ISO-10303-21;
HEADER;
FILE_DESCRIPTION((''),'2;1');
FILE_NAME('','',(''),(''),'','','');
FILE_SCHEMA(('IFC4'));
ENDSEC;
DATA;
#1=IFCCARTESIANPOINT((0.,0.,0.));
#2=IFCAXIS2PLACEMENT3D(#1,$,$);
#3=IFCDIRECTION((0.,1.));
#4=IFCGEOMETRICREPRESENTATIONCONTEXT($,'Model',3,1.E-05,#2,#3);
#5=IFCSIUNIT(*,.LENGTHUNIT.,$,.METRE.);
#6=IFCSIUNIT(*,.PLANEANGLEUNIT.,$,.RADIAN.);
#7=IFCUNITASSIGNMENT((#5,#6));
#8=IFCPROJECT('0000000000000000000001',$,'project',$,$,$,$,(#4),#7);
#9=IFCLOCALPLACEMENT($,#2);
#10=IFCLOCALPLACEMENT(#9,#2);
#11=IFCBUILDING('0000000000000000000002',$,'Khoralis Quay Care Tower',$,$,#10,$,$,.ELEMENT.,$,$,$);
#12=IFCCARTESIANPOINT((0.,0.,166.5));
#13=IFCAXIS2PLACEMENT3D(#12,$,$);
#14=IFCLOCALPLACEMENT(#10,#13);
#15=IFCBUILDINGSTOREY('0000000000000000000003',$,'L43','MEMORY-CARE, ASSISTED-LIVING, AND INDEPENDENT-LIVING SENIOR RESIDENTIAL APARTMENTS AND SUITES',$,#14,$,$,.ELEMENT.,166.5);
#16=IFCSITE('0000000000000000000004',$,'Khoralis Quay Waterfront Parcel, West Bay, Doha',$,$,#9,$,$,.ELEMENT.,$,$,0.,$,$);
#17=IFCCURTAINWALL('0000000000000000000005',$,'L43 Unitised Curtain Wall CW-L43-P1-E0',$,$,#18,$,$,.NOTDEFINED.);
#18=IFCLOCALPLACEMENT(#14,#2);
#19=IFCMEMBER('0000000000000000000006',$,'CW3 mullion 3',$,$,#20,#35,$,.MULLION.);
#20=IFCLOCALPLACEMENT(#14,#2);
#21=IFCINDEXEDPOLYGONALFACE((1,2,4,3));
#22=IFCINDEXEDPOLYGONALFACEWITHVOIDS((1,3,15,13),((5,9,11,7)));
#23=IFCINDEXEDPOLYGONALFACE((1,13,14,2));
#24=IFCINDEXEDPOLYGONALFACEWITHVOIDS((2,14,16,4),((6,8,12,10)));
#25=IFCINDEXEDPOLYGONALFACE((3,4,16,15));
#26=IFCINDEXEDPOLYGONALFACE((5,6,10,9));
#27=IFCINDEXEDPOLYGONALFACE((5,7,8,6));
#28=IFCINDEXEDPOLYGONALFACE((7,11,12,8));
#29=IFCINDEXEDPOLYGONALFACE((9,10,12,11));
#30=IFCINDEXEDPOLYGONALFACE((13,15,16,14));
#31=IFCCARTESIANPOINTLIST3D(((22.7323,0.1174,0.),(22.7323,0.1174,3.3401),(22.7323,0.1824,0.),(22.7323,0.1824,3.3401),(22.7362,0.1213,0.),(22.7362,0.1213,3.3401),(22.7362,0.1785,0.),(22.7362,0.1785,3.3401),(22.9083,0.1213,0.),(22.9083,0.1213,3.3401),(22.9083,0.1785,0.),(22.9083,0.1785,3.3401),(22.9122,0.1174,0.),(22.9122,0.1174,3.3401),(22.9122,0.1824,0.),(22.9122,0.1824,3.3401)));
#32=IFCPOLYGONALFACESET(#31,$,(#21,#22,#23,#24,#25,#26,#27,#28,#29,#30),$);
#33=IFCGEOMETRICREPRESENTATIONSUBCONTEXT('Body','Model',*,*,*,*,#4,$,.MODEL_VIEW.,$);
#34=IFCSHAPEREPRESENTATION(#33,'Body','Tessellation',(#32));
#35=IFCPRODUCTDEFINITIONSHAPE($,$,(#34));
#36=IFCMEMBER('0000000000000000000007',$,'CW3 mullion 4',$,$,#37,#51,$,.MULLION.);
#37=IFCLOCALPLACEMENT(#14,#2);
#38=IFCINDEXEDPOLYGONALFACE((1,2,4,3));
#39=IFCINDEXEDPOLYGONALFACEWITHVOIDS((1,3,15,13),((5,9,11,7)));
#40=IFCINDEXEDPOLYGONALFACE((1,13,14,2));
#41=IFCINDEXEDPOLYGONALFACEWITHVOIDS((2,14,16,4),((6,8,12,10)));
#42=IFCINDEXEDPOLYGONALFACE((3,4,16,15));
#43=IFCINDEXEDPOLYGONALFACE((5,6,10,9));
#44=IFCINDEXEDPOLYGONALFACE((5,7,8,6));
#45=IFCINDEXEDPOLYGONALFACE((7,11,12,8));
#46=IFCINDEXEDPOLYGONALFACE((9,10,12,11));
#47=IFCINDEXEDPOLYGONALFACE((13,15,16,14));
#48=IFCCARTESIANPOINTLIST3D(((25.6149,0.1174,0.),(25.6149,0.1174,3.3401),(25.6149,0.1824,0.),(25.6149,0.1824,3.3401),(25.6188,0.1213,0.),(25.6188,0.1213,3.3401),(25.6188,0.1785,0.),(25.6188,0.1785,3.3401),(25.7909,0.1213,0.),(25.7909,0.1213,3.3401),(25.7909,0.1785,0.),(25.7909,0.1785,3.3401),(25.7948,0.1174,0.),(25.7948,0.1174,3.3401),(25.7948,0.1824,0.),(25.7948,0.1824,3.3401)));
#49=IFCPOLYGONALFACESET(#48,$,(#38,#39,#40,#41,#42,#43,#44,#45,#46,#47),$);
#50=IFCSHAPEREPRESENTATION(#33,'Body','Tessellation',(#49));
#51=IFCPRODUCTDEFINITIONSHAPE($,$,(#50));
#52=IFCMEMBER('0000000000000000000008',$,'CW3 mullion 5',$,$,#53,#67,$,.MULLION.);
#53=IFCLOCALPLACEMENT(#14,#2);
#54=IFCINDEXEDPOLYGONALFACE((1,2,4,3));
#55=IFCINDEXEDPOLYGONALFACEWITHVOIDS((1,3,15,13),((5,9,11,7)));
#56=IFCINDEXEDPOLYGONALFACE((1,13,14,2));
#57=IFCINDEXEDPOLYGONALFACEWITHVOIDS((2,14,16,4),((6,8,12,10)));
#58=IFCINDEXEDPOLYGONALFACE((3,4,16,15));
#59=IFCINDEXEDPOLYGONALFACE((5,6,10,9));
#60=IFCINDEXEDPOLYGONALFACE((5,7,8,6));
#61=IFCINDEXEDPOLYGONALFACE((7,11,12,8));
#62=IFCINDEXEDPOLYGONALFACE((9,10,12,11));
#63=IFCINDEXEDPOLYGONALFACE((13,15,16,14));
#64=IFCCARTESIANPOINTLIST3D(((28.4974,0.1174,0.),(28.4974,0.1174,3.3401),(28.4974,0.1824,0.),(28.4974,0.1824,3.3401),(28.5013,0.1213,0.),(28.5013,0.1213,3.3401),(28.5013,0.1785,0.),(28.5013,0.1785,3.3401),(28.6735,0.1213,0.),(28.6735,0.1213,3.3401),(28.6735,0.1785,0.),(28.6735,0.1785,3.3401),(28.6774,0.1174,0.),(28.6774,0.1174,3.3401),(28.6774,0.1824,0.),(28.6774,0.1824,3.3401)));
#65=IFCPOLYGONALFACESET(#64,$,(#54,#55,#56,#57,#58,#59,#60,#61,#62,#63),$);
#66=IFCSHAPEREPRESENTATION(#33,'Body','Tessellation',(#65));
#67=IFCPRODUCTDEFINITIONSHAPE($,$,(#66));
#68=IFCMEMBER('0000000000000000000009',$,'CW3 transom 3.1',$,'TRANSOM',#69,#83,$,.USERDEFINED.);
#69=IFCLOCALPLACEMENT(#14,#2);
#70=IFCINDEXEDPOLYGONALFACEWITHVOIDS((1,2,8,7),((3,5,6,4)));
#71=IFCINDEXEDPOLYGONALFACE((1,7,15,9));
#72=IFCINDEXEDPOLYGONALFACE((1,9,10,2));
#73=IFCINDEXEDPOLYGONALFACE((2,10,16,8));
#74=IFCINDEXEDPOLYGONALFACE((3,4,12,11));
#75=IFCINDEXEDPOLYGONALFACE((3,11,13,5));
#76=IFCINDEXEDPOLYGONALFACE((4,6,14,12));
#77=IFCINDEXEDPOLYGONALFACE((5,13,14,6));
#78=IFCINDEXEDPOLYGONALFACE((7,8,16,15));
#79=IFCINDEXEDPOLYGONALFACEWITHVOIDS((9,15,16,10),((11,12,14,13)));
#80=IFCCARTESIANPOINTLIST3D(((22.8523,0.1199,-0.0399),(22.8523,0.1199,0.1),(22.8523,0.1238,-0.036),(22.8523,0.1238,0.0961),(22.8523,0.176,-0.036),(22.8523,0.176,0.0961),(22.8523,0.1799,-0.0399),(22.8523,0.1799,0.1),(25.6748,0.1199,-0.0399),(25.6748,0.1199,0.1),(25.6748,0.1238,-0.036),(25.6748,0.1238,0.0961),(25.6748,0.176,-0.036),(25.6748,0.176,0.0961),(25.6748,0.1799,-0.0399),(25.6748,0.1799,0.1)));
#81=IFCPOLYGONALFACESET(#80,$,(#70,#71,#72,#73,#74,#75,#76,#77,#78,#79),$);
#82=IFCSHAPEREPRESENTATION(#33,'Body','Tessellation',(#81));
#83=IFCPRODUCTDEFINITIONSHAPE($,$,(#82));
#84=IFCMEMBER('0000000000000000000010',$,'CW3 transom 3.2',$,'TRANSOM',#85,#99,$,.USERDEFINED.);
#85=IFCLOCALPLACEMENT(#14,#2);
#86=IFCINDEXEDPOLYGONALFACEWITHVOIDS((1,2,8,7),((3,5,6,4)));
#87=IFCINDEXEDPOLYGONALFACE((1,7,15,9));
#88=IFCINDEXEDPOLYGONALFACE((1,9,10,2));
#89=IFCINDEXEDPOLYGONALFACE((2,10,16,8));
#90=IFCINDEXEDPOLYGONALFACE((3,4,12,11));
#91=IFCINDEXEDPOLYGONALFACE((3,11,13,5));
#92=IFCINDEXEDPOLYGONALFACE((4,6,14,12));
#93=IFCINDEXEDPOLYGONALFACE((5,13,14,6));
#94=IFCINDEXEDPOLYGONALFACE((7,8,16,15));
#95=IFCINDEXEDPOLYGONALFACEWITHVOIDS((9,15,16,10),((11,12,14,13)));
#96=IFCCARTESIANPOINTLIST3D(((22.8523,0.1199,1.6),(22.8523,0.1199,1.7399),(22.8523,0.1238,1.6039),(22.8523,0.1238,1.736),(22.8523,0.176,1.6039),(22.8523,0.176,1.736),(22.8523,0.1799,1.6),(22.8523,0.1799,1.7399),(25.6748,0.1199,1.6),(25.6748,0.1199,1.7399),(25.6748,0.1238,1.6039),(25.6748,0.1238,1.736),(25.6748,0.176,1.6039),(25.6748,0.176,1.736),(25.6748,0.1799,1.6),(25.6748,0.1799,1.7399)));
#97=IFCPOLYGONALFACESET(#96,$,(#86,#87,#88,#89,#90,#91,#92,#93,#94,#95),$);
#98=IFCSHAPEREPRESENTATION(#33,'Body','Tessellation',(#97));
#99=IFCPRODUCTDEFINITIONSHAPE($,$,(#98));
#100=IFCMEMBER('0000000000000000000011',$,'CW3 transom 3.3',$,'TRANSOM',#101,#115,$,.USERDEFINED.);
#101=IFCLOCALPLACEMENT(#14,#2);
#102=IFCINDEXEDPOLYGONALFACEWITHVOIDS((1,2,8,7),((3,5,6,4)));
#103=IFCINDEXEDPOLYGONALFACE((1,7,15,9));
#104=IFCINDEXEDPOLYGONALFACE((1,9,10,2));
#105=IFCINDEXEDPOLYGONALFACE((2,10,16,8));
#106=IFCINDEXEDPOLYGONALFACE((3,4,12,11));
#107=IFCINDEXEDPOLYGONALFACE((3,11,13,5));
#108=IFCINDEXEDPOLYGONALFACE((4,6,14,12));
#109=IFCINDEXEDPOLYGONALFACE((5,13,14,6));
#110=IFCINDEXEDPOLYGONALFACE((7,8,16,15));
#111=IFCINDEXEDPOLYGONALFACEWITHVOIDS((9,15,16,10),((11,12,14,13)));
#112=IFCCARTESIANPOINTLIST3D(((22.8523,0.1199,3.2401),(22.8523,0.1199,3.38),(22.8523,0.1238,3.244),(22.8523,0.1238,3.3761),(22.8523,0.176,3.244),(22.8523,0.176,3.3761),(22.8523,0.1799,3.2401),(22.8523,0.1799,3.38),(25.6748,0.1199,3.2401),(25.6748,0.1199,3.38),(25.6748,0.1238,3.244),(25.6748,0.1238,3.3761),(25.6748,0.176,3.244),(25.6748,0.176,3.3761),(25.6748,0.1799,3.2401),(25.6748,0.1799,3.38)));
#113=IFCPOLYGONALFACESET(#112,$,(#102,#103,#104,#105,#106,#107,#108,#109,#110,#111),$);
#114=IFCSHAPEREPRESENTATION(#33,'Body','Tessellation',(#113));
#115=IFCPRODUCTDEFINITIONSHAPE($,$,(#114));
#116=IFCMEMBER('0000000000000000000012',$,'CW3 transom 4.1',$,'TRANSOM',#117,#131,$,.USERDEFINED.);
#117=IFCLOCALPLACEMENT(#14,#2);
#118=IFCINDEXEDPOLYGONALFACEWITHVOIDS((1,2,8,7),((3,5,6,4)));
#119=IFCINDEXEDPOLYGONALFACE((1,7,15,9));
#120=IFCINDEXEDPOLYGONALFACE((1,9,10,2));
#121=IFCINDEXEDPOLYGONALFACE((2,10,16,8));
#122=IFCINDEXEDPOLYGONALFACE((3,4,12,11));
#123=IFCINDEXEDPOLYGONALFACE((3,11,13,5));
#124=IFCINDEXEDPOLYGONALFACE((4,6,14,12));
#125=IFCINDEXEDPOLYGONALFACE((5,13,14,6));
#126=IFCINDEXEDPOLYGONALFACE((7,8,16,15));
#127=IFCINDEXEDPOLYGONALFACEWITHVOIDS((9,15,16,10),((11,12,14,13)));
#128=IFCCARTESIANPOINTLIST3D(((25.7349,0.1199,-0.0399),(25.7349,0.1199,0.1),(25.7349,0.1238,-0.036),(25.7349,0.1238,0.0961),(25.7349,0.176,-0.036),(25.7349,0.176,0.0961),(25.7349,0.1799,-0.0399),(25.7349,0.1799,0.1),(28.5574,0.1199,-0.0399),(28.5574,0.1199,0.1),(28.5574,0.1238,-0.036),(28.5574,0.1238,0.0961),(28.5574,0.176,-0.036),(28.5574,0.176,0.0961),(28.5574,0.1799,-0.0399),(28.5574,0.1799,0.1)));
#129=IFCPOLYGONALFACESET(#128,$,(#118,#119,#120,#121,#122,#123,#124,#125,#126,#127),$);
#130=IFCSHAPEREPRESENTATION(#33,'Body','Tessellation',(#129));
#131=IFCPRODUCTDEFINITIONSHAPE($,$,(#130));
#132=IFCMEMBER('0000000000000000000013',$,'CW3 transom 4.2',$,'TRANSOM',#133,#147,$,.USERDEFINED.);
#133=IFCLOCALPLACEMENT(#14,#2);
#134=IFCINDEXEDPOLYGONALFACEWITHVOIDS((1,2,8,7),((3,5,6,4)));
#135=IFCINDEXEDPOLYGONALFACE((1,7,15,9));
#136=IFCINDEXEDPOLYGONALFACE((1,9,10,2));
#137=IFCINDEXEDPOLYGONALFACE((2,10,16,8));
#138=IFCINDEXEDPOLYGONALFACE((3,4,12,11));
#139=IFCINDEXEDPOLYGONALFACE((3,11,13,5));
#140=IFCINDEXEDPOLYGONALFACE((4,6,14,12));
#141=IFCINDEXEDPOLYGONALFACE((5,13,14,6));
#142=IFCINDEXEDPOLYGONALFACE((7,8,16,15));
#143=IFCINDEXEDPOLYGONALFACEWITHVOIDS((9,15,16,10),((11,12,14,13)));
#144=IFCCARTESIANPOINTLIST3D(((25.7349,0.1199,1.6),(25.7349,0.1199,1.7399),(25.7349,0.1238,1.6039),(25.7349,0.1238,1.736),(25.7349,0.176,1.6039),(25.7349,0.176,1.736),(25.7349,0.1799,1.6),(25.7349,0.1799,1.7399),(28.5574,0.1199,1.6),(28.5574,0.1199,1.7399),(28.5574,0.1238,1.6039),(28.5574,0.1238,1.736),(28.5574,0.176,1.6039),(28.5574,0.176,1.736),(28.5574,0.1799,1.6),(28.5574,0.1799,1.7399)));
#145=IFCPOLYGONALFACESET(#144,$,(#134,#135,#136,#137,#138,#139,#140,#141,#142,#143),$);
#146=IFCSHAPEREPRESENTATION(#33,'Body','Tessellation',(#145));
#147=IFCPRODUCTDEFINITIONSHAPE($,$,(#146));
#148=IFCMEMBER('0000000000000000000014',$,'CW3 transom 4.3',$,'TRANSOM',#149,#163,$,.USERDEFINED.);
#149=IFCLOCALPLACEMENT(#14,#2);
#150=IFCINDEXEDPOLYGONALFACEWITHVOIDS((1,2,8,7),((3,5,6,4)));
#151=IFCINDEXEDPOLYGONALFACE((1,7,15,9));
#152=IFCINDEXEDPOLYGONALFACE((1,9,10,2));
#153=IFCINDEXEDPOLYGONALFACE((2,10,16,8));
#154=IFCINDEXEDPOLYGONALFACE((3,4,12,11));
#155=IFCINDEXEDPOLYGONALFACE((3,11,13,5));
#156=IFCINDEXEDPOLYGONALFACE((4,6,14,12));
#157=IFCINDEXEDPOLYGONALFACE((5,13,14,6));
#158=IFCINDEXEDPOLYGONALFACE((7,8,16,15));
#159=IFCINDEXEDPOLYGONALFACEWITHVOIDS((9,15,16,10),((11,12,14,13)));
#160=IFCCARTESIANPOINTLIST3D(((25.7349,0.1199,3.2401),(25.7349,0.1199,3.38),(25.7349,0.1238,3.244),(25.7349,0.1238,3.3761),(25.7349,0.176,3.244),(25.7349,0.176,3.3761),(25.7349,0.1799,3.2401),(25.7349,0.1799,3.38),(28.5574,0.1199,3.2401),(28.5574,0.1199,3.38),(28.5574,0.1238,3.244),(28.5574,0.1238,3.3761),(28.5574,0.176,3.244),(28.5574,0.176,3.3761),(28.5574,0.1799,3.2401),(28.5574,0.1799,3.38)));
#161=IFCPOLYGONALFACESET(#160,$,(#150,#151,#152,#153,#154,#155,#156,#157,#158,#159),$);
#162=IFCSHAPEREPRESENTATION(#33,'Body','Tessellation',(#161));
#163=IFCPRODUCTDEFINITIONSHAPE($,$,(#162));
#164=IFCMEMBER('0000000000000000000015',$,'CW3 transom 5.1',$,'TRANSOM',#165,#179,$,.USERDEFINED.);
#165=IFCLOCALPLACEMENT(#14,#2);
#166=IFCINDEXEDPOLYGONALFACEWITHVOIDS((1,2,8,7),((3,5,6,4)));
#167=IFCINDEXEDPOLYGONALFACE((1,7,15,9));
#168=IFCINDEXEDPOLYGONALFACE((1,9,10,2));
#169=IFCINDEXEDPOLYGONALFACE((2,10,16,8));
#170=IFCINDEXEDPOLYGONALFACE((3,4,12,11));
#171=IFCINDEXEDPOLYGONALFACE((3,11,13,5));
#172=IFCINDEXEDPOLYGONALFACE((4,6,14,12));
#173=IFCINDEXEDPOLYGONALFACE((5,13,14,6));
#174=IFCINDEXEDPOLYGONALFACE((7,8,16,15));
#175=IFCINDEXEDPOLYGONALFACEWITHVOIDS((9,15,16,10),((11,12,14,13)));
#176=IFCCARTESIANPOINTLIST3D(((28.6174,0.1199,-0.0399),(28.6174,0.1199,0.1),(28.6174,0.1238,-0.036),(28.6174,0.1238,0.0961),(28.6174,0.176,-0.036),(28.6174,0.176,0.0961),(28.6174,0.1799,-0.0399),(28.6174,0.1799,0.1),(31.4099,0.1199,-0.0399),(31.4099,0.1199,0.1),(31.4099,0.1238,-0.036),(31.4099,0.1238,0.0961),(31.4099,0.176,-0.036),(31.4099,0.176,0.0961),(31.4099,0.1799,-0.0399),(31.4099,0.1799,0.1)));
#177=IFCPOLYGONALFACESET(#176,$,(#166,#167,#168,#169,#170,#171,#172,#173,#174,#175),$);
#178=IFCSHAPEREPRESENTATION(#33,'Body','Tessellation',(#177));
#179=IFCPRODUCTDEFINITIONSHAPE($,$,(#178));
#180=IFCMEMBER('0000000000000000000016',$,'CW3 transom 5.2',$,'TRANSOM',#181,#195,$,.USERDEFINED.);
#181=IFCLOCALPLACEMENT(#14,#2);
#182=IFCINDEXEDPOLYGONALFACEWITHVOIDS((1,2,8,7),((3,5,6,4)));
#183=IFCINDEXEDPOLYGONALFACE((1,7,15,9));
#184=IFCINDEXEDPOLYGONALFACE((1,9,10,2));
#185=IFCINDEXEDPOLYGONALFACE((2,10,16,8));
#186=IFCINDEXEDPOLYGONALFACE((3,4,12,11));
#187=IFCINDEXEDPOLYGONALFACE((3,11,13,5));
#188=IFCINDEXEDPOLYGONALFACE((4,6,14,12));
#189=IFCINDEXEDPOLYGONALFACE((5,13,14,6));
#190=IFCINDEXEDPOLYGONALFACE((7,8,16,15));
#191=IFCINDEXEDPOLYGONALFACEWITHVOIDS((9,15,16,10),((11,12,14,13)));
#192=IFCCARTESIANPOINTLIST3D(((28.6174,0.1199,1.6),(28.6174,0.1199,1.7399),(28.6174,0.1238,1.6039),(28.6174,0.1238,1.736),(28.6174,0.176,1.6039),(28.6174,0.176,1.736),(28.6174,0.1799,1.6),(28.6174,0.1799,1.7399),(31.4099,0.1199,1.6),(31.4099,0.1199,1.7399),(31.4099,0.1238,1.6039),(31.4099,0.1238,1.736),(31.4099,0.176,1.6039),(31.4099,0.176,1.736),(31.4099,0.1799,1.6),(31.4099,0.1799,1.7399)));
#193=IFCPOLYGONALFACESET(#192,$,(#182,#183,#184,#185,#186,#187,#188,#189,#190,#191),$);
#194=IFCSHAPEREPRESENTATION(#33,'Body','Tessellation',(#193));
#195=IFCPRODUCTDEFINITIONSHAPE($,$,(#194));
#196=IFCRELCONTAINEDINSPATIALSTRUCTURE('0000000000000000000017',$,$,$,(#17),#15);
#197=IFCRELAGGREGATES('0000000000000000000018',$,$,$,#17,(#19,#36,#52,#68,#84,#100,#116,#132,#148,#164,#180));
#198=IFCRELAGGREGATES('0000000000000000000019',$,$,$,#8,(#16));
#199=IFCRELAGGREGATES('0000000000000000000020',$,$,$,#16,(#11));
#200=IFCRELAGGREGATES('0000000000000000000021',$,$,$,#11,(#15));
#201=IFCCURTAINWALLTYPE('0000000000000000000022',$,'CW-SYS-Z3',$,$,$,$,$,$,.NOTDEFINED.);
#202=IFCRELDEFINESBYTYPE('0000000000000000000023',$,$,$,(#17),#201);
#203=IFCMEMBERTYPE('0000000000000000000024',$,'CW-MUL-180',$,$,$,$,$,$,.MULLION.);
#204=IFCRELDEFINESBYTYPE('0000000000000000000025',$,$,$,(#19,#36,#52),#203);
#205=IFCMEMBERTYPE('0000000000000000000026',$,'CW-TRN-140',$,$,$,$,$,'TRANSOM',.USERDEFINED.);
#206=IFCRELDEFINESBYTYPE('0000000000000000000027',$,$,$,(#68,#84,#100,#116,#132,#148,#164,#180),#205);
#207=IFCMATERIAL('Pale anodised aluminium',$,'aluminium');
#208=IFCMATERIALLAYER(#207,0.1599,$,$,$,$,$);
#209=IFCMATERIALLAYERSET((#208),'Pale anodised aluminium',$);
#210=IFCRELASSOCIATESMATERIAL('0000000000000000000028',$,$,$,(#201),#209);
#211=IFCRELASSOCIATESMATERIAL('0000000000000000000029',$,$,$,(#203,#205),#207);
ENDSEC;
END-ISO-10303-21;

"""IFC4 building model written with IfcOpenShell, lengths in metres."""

from ifc_helpers import new_model, si_unit, direction, frame, origin, origin_2d, place, context, subcontext, project, spatial, hollow_rectangle, extrude, source, transform, mapped, material, layer, layer_set, material_profile, profile_set, type_object, element, aggregate, save


model = new_model("IFC4")

# Units and contexts
model_context = context("Model", 3, precision=1e-05, world=origin(), true_north=direction((0.0, 1.0)))
body_context = subcontext(model_context, "Body", "Model", "MODEL_VIEW")
ifc_project = project(units=[si_unit("LENGTHUNIT", "METRE"), si_unit("PLANEANGLEUNIT", "RADIAN")], contexts=[model_context])

# Site, building, storey
site_placement = place(None, origin())
site = spatial("IfcSite", under=ifc_project, at=site_placement, Name="Khoralis Quay Waterfront Parcel, West Bay, Doha", CompositionType="ELEMENT", RefElevation=0.0)
building_placement = place(site_placement, origin())
building = spatial("IfcBuilding", under=site, at=building_placement, Name="Khoralis Quay Care Tower", CompositionType="ELEMENT")
storey_placement = place(building_placement, frame((0.0, 0.0, 166.5)))
storey = spatial("IfcBuildingStorey", under=building, at=storey_placement, Name="L43", Description="MEMORY-CARE, ASSISTED-LIVING, AND INDEPENDENT-LIVING SENIOR RESIDENTIAL APARTMENTS AND SUITES", CompositionType="ELEMENT", Elevation=166.5)

# Curtain wall, members
ifc_material_1 = material(Name="Pale anodised aluminium", Category="aluminium")
ifc_layer_1 = layer(ifc_material_1, 0.1599)
ifc_layer_set_1 = layer_set([ifc_layer_1], Name="Pale anodised aluminium")
curtain_wall_type = type_object("IfcCurtainWallType", Name="CW-SYS-Z3", PredefinedType="NOTDEFINED", material=ifc_layer_set_1)
curtain_wall_placement = place(storey_placement, origin())
curtain_wall = element("IfcCurtainWall", 1, at=curtain_wall_placement, inside=storey, type_object=curtain_wall_type, Name="L43 Unitised Curtain Wall CW-L43-P1-E0", PredefinedType="NOTDEFINED")
ifc_material_profile_1 = material_profile(ifc_material_1, hollow_rectangle(XDim=0.0649, YDim=0.1799, WallThickness=0.0039, at=origin_2d()), Name="Pale anodised aluminium")
ifc_profile_set_1 = profile_set([ifc_material_profile_1], Name="Pale anodised aluminium")
member_type_1 = type_object("IfcMemberType", Name="CW-MUL-180", PredefinedType="MULLION", material=ifc_profile_set_1)
shared_shape_1 = source(origin(), body_context, "Body", "SweptSolid", [
    extrude(hollow_rectangle(XDim=0.0649, YDim=0.1799, WallThickness=0.0039, at=origin_2d()), origin(), (0.0, 0.0, 1.0), 3.3401),
])
member_1_placement = place(storey_placement, frame((22.8223, 0.1499, 0.0), z_axis=(0.0, 0.0, 1.0), x_axis=(0.0, 1.0, 0.0)))
member_1 = element("IfcMember", 2, at=member_1_placement, type_object=member_type_1, Name="CW3 mullion 3", PredefinedType="MULLION", context=body_context, shape_type="MappedRepresentation", body=[
    mapped(shared_shape_1, transform((0.0, 0.0, 0.0), scale=1.0)),
])
member_2_placement = place(storey_placement, frame((25.7048, 0.1499, 0.0), z_axis=(0.0, 0.0, 1.0), x_axis=(0.0, 1.0, 0.0)))
member_2 = element("IfcMember", 3, at=member_2_placement, type_object=member_type_1, Name="CW3 mullion 4", PredefinedType="MULLION", context=body_context, shape_type="MappedRepresentation", body=[
    mapped(shared_shape_1, transform((0.0, 0.0, 0.0), scale=1.0)),
])
member_3_placement = place(storey_placement, frame((28.5874, 0.1499, 0.0), z_axis=(0.0, 0.0, 1.0), x_axis=(0.0, 1.0, 0.0)))
member_3 = element("IfcMember", 4, at=member_3_placement, type_object=member_type_1, Name="CW3 mullion 5", PredefinedType="MULLION", context=body_context, shape_type="MappedRepresentation", body=[
    mapped(shared_shape_1, transform((0.0, 0.0, 0.0), scale=1.0)),
])
ifc_material_profile_2 = material_profile(ifc_material_1, hollow_rectangle(XDim=0.0601, YDim=0.1399, WallThickness=0.0039, at=origin_2d()), Name="Pale anodised aluminium")
ifc_profile_set_2 = profile_set([ifc_material_profile_2], Name="Pale anodised aluminium")
member_type_2 = type_object("IfcMemberType", Name="CW-TRN-140", ElementType="TRANSOM", PredefinedType="USERDEFINED", material=ifc_profile_set_2)
shared_shape_2 = source(origin(), body_context, "Body", "SweptSolid", [
    extrude(hollow_rectangle(XDim=0.0601, YDim=0.1399, WallThickness=0.0039, at=origin_2d()), origin(), (0.0, 0.0, 1.0), 2.8225),
])
member_4_placement = place(storey_placement, frame((22.8523, 0.1499, 0.03), z_axis=(1.0, 0.0, 0.0), x_axis=(0.0, 1.0, 0.0)))
member_4 = element("IfcMember", 5, at=member_4_placement, type_object=member_type_2, Name="CW3 transom 3.1", ObjectType="TRANSOM", PredefinedType="USERDEFINED", context=body_context, shape_type="MappedRepresentation", body=[
    mapped(shared_shape_2, transform((0.0, 0.0, 0.0), scale=1.0)),
])
member_5_placement = place(storey_placement, frame((22.8523, 0.1499, 1.6699), z_axis=(1.0, 0.0, 0.0), x_axis=(0.0, 1.0, 0.0)))
member_5 = element("IfcMember", 6, at=member_5_placement, type_object=member_type_2, Name="CW3 transom 3.2", ObjectType="TRANSOM", PredefinedType="USERDEFINED", context=body_context, shape_type="MappedRepresentation", body=[
    mapped(shared_shape_2, transform((0.0, 0.0, 0.0), scale=1.0)),
])
member_6_placement = place(storey_placement, frame((22.8523, 0.1499, 3.3101), z_axis=(1.0, 0.0, 0.0), x_axis=(0.0, 1.0, 0.0)))
member_6 = element("IfcMember", 7, at=member_6_placement, type_object=member_type_2, Name="CW3 transom 3.3", ObjectType="TRANSOM", PredefinedType="USERDEFINED", context=body_context, shape_type="MappedRepresentation", body=[
    mapped(shared_shape_2, transform((0.0, 0.0, 0.0), scale=1.0)),
])
member_7_placement = place(storey_placement, frame((25.7349, 0.1499, 0.03), z_axis=(1.0, 0.0, 0.0), x_axis=(0.0, 1.0, 0.0)))
member_7 = element("IfcMember", 8, at=member_7_placement, type_object=member_type_2, Name="CW3 transom 4.1", ObjectType="TRANSOM", PredefinedType="USERDEFINED", context=body_context, shape_type="MappedRepresentation", body=[
    mapped(shared_shape_2, transform((0.0, 0.0, 0.0), scale=1.0)),
])
member_8_placement = place(storey_placement, frame((25.7349, 0.1499, 1.6699), z_axis=(1.0, 0.0, 0.0), x_axis=(0.0, 1.0, 0.0)))
member_8 = element("IfcMember", 9, at=member_8_placement, type_object=member_type_2, Name="CW3 transom 4.2", ObjectType="TRANSOM", PredefinedType="USERDEFINED", context=body_context, shape_type="MappedRepresentation", body=[
    mapped(shared_shape_2, transform((0.0, 0.0, 0.0), scale=1.0)),
])
member_9_placement = place(storey_placement, frame((25.7349, 0.1499, 3.3101), z_axis=(1.0, 0.0, 0.0), x_axis=(0.0, 1.0, 0.0)))
member_9 = element("IfcMember", 10, at=member_9_placement, type_object=member_type_2, Name="CW3 transom 4.3", ObjectType="TRANSOM", PredefinedType="USERDEFINED", context=body_context, shape_type="MappedRepresentation", body=[
    mapped(shared_shape_2, transform((0.0, 0.0, 0.0), scale=1.0)),
])
shared_shape_3 = source(origin(), body_context, "Body", "SweptSolid", [
    extrude(hollow_rectangle(XDim=0.0601, YDim=0.1399, WallThickness=0.0039, at=origin_2d()), origin(), (0.0, 0.0, 1.0), 2.7925),
])
member_10_placement = place(storey_placement, frame((28.6174, 0.1499, 0.03), z_axis=(1.0, 0.0, 0.0), x_axis=(0.0, 1.0, 0.0)))
member_10 = element("IfcMember", 11, at=member_10_placement, type_object=member_type_2, Name="CW3 transom 5.1", ObjectType="TRANSOM", PredefinedType="USERDEFINED", context=body_context, shape_type="MappedRepresentation", body=[
    mapped(shared_shape_3, transform((0.0, 0.0, 0.0), scale=1.0)),
])
member_11_placement = place(storey_placement, frame((28.6174, 0.1499, 1.6699), z_axis=(1.0, 0.0, 0.0), x_axis=(0.0, 1.0, 0.0)))
member_11 = element("IfcMember", 12, at=member_11_placement, type_object=member_type_2, Name="CW3 transom 5.2", ObjectType="TRANSOM", PredefinedType="USERDEFINED", context=body_context, shape_type="MappedRepresentation", body=[
    mapped(shared_shape_3, transform((0.0, 0.0, 0.0), scale=1.0)),
])
aggregate(curtain_wall, [member_1, member_2, member_3, member_4, member_5, member_6, member_7, member_8, member_9, member_10, member_11])

save(model, "model.ifc")
